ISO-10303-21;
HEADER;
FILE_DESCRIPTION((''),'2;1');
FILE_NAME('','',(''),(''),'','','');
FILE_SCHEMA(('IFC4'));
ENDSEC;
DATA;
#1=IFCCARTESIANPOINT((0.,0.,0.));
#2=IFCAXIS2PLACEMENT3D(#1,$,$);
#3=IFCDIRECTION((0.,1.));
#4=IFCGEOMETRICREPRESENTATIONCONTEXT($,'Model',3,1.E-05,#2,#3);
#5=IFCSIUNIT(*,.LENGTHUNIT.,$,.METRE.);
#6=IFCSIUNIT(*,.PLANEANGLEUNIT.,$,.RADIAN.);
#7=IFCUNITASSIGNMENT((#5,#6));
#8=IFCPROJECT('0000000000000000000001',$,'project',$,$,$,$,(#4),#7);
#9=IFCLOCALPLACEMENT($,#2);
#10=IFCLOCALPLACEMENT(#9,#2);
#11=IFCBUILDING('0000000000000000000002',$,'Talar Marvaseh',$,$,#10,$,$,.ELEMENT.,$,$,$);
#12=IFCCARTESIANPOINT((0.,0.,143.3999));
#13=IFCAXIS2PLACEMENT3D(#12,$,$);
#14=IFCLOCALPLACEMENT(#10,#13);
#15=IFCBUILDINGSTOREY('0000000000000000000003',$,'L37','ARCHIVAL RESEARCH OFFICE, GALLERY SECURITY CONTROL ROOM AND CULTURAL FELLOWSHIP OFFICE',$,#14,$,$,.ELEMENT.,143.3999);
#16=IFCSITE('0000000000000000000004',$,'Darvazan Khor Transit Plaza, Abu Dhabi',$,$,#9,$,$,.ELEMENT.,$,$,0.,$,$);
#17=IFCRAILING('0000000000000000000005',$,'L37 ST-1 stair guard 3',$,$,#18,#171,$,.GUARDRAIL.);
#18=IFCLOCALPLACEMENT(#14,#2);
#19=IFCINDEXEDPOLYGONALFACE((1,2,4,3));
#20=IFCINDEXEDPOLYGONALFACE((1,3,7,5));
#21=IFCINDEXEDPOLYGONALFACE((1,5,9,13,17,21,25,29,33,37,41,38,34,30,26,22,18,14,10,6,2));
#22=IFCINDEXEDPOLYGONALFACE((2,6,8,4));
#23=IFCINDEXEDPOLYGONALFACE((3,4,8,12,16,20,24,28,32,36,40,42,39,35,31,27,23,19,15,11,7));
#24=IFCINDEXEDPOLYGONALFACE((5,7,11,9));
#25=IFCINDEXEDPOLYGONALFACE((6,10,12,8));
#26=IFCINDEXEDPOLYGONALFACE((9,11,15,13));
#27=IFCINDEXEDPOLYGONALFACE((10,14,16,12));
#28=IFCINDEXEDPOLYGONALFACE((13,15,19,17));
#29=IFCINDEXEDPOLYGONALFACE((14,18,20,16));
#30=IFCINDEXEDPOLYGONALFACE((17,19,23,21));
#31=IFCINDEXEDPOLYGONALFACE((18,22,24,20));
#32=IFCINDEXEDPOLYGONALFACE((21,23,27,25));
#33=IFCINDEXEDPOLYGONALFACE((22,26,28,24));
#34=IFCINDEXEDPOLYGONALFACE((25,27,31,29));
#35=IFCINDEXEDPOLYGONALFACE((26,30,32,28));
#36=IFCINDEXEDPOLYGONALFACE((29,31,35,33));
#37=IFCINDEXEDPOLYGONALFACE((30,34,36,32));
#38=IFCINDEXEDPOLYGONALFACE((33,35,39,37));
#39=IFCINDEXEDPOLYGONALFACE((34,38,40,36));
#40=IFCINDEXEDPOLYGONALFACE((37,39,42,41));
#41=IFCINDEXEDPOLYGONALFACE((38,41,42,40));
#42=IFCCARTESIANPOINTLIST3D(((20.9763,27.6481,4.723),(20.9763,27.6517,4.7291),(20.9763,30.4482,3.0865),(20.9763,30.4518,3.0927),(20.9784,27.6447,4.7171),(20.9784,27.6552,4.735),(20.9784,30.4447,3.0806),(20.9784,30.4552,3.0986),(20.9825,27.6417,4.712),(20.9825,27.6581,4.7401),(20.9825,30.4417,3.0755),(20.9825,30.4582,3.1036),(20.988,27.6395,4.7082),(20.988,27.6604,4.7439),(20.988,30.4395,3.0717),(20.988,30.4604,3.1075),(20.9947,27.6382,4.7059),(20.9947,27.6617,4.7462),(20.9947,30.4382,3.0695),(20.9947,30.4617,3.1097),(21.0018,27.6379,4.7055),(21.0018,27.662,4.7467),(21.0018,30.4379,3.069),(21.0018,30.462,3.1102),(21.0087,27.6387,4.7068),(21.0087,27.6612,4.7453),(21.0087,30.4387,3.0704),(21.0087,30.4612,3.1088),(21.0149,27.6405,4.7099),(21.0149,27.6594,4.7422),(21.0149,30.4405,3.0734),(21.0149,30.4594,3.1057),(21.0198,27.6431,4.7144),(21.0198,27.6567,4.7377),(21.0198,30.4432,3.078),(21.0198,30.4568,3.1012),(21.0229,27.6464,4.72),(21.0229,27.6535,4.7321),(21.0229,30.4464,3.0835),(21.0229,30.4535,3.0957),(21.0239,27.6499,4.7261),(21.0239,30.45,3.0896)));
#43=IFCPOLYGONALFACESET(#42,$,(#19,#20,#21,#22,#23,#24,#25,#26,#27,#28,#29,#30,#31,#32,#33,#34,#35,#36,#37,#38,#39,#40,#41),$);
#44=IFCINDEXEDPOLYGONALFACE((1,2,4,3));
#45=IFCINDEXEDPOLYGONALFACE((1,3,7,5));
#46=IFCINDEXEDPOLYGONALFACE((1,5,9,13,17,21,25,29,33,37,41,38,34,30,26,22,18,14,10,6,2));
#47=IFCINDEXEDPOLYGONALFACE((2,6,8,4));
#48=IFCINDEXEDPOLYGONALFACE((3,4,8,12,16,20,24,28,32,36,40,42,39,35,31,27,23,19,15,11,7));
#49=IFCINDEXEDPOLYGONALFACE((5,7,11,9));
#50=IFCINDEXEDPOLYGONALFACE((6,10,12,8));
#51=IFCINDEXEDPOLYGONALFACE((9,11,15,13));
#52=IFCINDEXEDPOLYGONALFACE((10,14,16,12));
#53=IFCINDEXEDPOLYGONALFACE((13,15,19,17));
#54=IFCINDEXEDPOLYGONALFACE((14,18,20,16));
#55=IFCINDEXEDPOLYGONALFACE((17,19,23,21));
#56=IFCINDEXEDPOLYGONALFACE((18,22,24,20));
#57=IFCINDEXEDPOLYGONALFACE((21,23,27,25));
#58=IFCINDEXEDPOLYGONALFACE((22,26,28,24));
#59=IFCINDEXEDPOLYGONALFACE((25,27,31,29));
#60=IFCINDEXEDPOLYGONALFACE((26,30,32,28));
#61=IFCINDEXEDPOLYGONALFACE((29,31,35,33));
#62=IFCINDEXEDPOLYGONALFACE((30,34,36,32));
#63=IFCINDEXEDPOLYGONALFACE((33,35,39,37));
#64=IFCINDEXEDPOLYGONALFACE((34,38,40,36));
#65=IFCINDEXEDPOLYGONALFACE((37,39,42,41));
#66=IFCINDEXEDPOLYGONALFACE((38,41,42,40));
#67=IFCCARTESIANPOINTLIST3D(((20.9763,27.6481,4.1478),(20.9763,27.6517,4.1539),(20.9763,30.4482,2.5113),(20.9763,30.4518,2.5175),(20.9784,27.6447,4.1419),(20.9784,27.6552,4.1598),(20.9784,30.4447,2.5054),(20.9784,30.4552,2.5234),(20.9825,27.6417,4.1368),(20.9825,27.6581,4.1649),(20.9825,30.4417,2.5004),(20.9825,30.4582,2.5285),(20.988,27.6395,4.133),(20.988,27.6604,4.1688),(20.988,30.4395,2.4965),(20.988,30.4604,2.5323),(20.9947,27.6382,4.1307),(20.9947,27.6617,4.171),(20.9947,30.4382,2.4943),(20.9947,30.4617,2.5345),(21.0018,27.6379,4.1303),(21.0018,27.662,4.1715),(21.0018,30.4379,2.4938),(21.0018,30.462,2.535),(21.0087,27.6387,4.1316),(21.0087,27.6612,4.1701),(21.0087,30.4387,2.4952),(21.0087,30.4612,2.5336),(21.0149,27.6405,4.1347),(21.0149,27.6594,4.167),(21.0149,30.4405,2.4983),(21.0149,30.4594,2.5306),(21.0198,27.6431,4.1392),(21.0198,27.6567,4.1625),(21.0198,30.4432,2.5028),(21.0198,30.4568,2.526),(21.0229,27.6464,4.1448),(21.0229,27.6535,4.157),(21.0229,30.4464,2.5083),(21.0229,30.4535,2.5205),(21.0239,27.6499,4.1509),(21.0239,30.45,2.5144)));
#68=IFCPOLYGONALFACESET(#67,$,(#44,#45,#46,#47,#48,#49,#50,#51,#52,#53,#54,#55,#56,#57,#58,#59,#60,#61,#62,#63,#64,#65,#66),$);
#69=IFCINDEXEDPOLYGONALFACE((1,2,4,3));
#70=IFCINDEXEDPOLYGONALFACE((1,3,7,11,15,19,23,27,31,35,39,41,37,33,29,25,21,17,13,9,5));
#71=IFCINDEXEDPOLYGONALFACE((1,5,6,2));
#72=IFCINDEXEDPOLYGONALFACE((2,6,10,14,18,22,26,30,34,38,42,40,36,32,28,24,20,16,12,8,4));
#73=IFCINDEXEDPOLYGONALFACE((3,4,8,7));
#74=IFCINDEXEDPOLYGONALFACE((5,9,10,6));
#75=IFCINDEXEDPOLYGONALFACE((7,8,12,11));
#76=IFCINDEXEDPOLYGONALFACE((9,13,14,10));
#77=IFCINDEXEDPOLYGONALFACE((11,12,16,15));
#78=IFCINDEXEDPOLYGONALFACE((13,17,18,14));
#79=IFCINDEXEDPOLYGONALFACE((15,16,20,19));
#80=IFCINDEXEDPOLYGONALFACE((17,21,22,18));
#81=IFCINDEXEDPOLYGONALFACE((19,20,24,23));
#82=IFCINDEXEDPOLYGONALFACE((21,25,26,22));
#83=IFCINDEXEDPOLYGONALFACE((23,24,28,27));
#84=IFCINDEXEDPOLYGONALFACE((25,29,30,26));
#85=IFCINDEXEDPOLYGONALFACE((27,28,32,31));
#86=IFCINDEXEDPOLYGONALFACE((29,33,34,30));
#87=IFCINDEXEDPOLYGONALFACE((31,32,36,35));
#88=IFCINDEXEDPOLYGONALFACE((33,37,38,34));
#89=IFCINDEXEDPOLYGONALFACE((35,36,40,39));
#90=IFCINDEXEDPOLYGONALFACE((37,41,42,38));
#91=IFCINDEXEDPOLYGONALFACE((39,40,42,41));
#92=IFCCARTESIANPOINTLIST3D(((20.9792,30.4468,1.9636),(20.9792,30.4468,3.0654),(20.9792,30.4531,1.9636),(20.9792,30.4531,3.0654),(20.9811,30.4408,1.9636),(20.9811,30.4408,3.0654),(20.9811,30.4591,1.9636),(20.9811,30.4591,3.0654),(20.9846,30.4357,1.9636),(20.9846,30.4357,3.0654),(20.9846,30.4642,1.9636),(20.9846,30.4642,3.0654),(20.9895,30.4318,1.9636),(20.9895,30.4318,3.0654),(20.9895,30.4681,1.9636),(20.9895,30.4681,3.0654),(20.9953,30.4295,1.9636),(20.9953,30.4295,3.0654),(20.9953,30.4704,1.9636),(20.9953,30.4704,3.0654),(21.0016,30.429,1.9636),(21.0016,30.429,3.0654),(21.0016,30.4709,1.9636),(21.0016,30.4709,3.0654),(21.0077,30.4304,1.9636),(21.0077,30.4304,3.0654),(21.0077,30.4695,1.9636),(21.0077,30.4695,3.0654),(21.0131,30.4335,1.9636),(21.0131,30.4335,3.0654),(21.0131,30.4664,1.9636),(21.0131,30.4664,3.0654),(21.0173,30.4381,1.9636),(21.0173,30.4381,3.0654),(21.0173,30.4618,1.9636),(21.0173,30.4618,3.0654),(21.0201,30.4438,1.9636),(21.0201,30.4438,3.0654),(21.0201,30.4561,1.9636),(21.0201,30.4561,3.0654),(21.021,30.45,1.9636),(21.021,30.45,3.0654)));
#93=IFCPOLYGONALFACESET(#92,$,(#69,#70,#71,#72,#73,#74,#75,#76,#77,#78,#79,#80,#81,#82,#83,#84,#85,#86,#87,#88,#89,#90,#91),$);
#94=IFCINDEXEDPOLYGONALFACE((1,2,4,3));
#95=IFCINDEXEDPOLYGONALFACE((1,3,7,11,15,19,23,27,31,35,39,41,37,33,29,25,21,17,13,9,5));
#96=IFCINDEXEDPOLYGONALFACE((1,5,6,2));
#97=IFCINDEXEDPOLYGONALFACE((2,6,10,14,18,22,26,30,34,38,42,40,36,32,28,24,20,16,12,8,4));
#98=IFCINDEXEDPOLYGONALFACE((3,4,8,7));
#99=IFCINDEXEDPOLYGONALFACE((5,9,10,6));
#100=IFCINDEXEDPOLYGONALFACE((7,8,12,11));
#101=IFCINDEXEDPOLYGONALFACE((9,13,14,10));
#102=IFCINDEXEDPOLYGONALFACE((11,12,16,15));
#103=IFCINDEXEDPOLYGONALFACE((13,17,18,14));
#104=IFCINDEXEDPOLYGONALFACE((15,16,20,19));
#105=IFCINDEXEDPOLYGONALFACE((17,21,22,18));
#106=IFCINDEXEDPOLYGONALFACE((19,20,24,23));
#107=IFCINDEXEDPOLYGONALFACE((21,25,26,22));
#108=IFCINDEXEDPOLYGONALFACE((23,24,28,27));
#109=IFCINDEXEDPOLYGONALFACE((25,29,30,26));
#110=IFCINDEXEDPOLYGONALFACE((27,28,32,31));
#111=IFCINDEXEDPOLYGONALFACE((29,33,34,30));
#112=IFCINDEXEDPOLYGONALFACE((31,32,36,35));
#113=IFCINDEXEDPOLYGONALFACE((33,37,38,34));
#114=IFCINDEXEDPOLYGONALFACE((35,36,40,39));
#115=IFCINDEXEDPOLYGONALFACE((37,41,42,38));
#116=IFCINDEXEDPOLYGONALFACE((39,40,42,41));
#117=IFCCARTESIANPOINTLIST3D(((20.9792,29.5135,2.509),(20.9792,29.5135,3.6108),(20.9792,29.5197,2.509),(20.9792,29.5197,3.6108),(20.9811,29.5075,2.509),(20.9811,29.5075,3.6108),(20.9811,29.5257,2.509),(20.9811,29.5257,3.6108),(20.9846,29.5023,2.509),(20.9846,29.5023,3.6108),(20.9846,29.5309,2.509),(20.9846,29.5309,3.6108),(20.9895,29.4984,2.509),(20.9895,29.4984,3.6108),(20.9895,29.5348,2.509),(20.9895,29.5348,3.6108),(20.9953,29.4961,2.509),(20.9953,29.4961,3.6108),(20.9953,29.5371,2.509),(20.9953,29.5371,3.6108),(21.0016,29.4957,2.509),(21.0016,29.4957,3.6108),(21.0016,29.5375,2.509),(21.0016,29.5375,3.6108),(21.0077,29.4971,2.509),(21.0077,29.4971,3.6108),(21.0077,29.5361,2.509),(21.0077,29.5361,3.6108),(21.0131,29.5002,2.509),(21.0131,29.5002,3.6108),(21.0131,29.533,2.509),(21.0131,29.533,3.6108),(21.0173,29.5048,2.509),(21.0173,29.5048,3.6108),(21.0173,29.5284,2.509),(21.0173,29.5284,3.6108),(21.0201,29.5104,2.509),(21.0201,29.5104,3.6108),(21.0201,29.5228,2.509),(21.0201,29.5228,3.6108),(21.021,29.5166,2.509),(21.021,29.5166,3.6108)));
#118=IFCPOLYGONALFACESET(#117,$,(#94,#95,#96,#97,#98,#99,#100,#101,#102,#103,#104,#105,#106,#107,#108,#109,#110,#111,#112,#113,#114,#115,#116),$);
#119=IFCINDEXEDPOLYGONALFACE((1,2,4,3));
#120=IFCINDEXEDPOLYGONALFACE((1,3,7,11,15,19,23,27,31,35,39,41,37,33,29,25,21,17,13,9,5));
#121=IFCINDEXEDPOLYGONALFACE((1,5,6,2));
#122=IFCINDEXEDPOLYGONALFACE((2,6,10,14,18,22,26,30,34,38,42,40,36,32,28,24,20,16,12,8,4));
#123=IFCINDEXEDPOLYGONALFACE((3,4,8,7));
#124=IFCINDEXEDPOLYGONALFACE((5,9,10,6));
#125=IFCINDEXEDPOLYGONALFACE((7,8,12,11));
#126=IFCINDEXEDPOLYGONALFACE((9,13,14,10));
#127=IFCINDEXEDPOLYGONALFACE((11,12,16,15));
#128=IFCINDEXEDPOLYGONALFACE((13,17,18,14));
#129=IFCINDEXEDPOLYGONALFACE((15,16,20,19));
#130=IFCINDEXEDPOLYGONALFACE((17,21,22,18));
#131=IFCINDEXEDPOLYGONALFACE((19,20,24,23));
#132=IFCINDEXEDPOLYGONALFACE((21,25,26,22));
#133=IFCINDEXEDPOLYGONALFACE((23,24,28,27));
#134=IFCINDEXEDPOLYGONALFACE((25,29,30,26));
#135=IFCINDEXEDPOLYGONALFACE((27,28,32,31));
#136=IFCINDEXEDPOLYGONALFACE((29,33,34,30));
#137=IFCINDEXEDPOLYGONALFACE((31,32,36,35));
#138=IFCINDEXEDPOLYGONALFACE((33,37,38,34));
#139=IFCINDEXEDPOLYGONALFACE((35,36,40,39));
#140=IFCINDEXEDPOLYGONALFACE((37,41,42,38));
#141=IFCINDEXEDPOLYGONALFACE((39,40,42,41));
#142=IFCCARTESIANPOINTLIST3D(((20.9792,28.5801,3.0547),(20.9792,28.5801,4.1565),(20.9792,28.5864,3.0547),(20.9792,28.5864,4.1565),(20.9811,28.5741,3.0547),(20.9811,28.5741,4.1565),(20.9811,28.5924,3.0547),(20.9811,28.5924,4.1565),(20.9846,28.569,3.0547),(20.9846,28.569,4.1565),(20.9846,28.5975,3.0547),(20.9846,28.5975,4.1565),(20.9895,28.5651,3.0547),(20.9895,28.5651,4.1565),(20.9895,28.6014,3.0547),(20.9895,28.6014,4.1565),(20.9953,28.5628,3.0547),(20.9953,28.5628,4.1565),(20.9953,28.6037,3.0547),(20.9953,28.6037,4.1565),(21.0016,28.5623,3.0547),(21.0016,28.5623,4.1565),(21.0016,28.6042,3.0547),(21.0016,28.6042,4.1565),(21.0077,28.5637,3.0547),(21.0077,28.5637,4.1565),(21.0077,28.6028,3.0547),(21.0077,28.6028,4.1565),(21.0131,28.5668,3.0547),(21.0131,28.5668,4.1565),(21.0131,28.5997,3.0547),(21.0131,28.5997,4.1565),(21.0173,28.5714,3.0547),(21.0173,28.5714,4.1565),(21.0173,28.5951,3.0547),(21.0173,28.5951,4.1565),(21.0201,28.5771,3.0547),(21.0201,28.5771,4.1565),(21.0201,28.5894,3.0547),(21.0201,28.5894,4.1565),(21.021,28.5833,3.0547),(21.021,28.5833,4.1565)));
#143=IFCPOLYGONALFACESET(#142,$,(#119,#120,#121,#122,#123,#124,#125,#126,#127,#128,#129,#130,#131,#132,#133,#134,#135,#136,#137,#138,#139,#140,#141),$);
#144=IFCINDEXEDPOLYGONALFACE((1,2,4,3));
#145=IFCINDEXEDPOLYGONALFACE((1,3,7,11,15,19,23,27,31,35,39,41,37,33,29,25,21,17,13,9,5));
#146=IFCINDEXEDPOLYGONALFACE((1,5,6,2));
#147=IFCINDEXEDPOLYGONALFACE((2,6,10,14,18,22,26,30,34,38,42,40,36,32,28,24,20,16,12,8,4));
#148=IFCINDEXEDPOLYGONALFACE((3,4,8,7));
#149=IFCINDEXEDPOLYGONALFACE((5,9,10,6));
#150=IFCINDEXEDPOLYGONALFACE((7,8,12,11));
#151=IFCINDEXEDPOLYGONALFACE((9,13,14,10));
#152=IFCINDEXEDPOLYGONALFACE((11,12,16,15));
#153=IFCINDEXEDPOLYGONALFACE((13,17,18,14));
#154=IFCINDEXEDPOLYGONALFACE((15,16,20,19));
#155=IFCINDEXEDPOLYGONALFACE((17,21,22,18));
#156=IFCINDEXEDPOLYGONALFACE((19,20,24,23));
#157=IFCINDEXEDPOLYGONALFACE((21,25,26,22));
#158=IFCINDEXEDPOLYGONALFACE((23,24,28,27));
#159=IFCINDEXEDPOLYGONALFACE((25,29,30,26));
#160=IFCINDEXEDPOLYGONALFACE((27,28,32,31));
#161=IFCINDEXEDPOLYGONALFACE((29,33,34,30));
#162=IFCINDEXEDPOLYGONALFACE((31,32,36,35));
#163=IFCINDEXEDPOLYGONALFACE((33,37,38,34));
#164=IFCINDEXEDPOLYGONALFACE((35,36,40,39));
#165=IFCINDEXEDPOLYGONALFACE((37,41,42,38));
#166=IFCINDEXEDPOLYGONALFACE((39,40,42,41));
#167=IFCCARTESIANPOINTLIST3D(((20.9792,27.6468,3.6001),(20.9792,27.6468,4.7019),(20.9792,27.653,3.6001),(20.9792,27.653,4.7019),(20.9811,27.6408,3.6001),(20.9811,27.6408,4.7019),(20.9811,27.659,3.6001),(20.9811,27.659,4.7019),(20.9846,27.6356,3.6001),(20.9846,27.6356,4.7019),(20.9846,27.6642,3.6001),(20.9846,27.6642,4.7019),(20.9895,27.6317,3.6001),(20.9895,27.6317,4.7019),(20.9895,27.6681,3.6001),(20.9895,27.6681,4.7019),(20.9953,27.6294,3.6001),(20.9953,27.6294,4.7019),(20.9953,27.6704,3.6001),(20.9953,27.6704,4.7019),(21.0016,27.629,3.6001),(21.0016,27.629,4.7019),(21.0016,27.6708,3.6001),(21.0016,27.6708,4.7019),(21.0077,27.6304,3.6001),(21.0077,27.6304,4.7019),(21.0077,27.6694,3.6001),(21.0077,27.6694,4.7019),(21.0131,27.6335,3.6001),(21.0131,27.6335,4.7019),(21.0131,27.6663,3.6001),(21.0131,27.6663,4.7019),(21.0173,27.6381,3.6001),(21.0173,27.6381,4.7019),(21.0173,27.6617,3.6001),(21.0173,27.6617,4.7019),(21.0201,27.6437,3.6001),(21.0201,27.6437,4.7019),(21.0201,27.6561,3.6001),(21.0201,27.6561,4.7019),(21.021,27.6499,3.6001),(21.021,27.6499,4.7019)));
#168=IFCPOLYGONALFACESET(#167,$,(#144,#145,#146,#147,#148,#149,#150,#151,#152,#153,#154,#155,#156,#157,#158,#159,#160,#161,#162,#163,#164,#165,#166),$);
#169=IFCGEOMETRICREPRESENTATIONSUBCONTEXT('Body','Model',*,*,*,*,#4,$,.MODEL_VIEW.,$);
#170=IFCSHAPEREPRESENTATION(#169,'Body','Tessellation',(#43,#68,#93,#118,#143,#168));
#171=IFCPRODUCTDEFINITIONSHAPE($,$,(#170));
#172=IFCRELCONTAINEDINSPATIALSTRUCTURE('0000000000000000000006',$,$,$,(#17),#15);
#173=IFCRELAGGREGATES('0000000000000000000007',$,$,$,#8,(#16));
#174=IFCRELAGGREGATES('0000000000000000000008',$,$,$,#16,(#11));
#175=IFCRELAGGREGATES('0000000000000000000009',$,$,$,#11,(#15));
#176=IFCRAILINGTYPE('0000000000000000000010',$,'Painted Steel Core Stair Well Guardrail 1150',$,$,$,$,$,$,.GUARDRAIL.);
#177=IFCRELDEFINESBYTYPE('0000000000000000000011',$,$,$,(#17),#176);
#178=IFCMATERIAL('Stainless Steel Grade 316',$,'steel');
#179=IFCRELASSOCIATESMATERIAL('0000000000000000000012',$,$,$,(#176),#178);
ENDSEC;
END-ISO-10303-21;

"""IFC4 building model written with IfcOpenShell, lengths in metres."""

from ifc_helpers import new_model, si_unit, direction, frame, origin, origin_2d, place, context, subcontext, project, spatial, circle, extrude, material, type_object, element, save


model = new_model("IFC4")

# Units and contexts
model_context = context("Model", 3, precision=1e-05, world=origin(), true_north=direction((0.0, 1.0)))
body_context = subcontext(model_context, "Body", "Model", "MODEL_VIEW")
ifc_project = project(units=[si_unit("LENGTHUNIT", "METRE"), si_unit("PLANEANGLEUNIT", "RADIAN")], contexts=[model_context])

# Site, building, storey
site_placement = place(None, origin())
site = spatial("IfcSite", under=ifc_project, at=site_placement, Name="Darvazan Khor Transit Plaza, Abu Dhabi", CompositionType="ELEMENT", RefElevation=0.0)
building_placement = place(site_placement, origin())
building = spatial("IfcBuilding", under=site, at=building_placement, Name="Talar Marvaseh", CompositionType="ELEMENT")
storey_placement = place(building_placement, frame((0.0, 0.0, 143.3999)))
storey = spatial("IfcBuildingStorey", under=building, at=storey_placement, Name="L37", Description="ARCHIVAL RESEARCH OFFICE, GALLERY SECURITY CONTROL ROOM AND CULTURAL FELLOWSHIP OFFICE", CompositionType="ELEMENT", Elevation=143.3999)

# Railing
ifc_material_1 = material(Name="Stainless Steel Grade 316", Category="steel")
railing_type_1 = type_object("IfcRailingType", Name="Painted Steel Core Stair Well Guardrail 1150", PredefinedType="GUARDRAIL", material=ifc_material_1)
railing_1_placement = place(storey_placement, frame((21.0, 30.45, 1.9636)))
element("IfcRailing", 1, at=railing_1_placement, inside=storey, type_object=railing_type_1, Name="L37 ST-1 stair guard 3", PredefinedType="GUARDRAIL", context=body_context, shape_type="SweptSolid", body=[
    extrude(circle(Radius=0.0239, at=origin_2d()), frame((0.0, 0.0, 1.126), z_axis=(0.0, -0.863361, 0.504587), x_axis=(1.0, 0.0, 0.0)), (0.0, 0.0, 1.0), 3.2432),
    extrude(circle(Radius=0.0239, at=origin_2d()), frame((0.0, 0.0, 0.5508), z_axis=(0.0, -0.863361, 0.504587), x_axis=(1.0, 0.0, 0.0)), (0.0, 0.0, 1.0), 3.2432),
    extrude(circle(Radius=0.021, at=origin_2d()), origin(), (0.0, 0.0, 1.0), 1.1018),
    extrude(circle(Radius=0.021, at=origin_2d()), frame((0.0, -0.9333, 0.5454)), (0.0, 0.0, 1.0), 1.1018),
    extrude(circle(Radius=0.021, at=origin_2d()), frame((0.0, -1.8667, 1.0911)), (0.0, 0.0, 1.0), 1.1018),
    extrude(circle(Radius=0.021, at=origin_2d()), frame((0.0, -2.8, 1.6365)), (0.0, 0.0, 1.0), 1.1018),
])

save(model, "model.ifc")
